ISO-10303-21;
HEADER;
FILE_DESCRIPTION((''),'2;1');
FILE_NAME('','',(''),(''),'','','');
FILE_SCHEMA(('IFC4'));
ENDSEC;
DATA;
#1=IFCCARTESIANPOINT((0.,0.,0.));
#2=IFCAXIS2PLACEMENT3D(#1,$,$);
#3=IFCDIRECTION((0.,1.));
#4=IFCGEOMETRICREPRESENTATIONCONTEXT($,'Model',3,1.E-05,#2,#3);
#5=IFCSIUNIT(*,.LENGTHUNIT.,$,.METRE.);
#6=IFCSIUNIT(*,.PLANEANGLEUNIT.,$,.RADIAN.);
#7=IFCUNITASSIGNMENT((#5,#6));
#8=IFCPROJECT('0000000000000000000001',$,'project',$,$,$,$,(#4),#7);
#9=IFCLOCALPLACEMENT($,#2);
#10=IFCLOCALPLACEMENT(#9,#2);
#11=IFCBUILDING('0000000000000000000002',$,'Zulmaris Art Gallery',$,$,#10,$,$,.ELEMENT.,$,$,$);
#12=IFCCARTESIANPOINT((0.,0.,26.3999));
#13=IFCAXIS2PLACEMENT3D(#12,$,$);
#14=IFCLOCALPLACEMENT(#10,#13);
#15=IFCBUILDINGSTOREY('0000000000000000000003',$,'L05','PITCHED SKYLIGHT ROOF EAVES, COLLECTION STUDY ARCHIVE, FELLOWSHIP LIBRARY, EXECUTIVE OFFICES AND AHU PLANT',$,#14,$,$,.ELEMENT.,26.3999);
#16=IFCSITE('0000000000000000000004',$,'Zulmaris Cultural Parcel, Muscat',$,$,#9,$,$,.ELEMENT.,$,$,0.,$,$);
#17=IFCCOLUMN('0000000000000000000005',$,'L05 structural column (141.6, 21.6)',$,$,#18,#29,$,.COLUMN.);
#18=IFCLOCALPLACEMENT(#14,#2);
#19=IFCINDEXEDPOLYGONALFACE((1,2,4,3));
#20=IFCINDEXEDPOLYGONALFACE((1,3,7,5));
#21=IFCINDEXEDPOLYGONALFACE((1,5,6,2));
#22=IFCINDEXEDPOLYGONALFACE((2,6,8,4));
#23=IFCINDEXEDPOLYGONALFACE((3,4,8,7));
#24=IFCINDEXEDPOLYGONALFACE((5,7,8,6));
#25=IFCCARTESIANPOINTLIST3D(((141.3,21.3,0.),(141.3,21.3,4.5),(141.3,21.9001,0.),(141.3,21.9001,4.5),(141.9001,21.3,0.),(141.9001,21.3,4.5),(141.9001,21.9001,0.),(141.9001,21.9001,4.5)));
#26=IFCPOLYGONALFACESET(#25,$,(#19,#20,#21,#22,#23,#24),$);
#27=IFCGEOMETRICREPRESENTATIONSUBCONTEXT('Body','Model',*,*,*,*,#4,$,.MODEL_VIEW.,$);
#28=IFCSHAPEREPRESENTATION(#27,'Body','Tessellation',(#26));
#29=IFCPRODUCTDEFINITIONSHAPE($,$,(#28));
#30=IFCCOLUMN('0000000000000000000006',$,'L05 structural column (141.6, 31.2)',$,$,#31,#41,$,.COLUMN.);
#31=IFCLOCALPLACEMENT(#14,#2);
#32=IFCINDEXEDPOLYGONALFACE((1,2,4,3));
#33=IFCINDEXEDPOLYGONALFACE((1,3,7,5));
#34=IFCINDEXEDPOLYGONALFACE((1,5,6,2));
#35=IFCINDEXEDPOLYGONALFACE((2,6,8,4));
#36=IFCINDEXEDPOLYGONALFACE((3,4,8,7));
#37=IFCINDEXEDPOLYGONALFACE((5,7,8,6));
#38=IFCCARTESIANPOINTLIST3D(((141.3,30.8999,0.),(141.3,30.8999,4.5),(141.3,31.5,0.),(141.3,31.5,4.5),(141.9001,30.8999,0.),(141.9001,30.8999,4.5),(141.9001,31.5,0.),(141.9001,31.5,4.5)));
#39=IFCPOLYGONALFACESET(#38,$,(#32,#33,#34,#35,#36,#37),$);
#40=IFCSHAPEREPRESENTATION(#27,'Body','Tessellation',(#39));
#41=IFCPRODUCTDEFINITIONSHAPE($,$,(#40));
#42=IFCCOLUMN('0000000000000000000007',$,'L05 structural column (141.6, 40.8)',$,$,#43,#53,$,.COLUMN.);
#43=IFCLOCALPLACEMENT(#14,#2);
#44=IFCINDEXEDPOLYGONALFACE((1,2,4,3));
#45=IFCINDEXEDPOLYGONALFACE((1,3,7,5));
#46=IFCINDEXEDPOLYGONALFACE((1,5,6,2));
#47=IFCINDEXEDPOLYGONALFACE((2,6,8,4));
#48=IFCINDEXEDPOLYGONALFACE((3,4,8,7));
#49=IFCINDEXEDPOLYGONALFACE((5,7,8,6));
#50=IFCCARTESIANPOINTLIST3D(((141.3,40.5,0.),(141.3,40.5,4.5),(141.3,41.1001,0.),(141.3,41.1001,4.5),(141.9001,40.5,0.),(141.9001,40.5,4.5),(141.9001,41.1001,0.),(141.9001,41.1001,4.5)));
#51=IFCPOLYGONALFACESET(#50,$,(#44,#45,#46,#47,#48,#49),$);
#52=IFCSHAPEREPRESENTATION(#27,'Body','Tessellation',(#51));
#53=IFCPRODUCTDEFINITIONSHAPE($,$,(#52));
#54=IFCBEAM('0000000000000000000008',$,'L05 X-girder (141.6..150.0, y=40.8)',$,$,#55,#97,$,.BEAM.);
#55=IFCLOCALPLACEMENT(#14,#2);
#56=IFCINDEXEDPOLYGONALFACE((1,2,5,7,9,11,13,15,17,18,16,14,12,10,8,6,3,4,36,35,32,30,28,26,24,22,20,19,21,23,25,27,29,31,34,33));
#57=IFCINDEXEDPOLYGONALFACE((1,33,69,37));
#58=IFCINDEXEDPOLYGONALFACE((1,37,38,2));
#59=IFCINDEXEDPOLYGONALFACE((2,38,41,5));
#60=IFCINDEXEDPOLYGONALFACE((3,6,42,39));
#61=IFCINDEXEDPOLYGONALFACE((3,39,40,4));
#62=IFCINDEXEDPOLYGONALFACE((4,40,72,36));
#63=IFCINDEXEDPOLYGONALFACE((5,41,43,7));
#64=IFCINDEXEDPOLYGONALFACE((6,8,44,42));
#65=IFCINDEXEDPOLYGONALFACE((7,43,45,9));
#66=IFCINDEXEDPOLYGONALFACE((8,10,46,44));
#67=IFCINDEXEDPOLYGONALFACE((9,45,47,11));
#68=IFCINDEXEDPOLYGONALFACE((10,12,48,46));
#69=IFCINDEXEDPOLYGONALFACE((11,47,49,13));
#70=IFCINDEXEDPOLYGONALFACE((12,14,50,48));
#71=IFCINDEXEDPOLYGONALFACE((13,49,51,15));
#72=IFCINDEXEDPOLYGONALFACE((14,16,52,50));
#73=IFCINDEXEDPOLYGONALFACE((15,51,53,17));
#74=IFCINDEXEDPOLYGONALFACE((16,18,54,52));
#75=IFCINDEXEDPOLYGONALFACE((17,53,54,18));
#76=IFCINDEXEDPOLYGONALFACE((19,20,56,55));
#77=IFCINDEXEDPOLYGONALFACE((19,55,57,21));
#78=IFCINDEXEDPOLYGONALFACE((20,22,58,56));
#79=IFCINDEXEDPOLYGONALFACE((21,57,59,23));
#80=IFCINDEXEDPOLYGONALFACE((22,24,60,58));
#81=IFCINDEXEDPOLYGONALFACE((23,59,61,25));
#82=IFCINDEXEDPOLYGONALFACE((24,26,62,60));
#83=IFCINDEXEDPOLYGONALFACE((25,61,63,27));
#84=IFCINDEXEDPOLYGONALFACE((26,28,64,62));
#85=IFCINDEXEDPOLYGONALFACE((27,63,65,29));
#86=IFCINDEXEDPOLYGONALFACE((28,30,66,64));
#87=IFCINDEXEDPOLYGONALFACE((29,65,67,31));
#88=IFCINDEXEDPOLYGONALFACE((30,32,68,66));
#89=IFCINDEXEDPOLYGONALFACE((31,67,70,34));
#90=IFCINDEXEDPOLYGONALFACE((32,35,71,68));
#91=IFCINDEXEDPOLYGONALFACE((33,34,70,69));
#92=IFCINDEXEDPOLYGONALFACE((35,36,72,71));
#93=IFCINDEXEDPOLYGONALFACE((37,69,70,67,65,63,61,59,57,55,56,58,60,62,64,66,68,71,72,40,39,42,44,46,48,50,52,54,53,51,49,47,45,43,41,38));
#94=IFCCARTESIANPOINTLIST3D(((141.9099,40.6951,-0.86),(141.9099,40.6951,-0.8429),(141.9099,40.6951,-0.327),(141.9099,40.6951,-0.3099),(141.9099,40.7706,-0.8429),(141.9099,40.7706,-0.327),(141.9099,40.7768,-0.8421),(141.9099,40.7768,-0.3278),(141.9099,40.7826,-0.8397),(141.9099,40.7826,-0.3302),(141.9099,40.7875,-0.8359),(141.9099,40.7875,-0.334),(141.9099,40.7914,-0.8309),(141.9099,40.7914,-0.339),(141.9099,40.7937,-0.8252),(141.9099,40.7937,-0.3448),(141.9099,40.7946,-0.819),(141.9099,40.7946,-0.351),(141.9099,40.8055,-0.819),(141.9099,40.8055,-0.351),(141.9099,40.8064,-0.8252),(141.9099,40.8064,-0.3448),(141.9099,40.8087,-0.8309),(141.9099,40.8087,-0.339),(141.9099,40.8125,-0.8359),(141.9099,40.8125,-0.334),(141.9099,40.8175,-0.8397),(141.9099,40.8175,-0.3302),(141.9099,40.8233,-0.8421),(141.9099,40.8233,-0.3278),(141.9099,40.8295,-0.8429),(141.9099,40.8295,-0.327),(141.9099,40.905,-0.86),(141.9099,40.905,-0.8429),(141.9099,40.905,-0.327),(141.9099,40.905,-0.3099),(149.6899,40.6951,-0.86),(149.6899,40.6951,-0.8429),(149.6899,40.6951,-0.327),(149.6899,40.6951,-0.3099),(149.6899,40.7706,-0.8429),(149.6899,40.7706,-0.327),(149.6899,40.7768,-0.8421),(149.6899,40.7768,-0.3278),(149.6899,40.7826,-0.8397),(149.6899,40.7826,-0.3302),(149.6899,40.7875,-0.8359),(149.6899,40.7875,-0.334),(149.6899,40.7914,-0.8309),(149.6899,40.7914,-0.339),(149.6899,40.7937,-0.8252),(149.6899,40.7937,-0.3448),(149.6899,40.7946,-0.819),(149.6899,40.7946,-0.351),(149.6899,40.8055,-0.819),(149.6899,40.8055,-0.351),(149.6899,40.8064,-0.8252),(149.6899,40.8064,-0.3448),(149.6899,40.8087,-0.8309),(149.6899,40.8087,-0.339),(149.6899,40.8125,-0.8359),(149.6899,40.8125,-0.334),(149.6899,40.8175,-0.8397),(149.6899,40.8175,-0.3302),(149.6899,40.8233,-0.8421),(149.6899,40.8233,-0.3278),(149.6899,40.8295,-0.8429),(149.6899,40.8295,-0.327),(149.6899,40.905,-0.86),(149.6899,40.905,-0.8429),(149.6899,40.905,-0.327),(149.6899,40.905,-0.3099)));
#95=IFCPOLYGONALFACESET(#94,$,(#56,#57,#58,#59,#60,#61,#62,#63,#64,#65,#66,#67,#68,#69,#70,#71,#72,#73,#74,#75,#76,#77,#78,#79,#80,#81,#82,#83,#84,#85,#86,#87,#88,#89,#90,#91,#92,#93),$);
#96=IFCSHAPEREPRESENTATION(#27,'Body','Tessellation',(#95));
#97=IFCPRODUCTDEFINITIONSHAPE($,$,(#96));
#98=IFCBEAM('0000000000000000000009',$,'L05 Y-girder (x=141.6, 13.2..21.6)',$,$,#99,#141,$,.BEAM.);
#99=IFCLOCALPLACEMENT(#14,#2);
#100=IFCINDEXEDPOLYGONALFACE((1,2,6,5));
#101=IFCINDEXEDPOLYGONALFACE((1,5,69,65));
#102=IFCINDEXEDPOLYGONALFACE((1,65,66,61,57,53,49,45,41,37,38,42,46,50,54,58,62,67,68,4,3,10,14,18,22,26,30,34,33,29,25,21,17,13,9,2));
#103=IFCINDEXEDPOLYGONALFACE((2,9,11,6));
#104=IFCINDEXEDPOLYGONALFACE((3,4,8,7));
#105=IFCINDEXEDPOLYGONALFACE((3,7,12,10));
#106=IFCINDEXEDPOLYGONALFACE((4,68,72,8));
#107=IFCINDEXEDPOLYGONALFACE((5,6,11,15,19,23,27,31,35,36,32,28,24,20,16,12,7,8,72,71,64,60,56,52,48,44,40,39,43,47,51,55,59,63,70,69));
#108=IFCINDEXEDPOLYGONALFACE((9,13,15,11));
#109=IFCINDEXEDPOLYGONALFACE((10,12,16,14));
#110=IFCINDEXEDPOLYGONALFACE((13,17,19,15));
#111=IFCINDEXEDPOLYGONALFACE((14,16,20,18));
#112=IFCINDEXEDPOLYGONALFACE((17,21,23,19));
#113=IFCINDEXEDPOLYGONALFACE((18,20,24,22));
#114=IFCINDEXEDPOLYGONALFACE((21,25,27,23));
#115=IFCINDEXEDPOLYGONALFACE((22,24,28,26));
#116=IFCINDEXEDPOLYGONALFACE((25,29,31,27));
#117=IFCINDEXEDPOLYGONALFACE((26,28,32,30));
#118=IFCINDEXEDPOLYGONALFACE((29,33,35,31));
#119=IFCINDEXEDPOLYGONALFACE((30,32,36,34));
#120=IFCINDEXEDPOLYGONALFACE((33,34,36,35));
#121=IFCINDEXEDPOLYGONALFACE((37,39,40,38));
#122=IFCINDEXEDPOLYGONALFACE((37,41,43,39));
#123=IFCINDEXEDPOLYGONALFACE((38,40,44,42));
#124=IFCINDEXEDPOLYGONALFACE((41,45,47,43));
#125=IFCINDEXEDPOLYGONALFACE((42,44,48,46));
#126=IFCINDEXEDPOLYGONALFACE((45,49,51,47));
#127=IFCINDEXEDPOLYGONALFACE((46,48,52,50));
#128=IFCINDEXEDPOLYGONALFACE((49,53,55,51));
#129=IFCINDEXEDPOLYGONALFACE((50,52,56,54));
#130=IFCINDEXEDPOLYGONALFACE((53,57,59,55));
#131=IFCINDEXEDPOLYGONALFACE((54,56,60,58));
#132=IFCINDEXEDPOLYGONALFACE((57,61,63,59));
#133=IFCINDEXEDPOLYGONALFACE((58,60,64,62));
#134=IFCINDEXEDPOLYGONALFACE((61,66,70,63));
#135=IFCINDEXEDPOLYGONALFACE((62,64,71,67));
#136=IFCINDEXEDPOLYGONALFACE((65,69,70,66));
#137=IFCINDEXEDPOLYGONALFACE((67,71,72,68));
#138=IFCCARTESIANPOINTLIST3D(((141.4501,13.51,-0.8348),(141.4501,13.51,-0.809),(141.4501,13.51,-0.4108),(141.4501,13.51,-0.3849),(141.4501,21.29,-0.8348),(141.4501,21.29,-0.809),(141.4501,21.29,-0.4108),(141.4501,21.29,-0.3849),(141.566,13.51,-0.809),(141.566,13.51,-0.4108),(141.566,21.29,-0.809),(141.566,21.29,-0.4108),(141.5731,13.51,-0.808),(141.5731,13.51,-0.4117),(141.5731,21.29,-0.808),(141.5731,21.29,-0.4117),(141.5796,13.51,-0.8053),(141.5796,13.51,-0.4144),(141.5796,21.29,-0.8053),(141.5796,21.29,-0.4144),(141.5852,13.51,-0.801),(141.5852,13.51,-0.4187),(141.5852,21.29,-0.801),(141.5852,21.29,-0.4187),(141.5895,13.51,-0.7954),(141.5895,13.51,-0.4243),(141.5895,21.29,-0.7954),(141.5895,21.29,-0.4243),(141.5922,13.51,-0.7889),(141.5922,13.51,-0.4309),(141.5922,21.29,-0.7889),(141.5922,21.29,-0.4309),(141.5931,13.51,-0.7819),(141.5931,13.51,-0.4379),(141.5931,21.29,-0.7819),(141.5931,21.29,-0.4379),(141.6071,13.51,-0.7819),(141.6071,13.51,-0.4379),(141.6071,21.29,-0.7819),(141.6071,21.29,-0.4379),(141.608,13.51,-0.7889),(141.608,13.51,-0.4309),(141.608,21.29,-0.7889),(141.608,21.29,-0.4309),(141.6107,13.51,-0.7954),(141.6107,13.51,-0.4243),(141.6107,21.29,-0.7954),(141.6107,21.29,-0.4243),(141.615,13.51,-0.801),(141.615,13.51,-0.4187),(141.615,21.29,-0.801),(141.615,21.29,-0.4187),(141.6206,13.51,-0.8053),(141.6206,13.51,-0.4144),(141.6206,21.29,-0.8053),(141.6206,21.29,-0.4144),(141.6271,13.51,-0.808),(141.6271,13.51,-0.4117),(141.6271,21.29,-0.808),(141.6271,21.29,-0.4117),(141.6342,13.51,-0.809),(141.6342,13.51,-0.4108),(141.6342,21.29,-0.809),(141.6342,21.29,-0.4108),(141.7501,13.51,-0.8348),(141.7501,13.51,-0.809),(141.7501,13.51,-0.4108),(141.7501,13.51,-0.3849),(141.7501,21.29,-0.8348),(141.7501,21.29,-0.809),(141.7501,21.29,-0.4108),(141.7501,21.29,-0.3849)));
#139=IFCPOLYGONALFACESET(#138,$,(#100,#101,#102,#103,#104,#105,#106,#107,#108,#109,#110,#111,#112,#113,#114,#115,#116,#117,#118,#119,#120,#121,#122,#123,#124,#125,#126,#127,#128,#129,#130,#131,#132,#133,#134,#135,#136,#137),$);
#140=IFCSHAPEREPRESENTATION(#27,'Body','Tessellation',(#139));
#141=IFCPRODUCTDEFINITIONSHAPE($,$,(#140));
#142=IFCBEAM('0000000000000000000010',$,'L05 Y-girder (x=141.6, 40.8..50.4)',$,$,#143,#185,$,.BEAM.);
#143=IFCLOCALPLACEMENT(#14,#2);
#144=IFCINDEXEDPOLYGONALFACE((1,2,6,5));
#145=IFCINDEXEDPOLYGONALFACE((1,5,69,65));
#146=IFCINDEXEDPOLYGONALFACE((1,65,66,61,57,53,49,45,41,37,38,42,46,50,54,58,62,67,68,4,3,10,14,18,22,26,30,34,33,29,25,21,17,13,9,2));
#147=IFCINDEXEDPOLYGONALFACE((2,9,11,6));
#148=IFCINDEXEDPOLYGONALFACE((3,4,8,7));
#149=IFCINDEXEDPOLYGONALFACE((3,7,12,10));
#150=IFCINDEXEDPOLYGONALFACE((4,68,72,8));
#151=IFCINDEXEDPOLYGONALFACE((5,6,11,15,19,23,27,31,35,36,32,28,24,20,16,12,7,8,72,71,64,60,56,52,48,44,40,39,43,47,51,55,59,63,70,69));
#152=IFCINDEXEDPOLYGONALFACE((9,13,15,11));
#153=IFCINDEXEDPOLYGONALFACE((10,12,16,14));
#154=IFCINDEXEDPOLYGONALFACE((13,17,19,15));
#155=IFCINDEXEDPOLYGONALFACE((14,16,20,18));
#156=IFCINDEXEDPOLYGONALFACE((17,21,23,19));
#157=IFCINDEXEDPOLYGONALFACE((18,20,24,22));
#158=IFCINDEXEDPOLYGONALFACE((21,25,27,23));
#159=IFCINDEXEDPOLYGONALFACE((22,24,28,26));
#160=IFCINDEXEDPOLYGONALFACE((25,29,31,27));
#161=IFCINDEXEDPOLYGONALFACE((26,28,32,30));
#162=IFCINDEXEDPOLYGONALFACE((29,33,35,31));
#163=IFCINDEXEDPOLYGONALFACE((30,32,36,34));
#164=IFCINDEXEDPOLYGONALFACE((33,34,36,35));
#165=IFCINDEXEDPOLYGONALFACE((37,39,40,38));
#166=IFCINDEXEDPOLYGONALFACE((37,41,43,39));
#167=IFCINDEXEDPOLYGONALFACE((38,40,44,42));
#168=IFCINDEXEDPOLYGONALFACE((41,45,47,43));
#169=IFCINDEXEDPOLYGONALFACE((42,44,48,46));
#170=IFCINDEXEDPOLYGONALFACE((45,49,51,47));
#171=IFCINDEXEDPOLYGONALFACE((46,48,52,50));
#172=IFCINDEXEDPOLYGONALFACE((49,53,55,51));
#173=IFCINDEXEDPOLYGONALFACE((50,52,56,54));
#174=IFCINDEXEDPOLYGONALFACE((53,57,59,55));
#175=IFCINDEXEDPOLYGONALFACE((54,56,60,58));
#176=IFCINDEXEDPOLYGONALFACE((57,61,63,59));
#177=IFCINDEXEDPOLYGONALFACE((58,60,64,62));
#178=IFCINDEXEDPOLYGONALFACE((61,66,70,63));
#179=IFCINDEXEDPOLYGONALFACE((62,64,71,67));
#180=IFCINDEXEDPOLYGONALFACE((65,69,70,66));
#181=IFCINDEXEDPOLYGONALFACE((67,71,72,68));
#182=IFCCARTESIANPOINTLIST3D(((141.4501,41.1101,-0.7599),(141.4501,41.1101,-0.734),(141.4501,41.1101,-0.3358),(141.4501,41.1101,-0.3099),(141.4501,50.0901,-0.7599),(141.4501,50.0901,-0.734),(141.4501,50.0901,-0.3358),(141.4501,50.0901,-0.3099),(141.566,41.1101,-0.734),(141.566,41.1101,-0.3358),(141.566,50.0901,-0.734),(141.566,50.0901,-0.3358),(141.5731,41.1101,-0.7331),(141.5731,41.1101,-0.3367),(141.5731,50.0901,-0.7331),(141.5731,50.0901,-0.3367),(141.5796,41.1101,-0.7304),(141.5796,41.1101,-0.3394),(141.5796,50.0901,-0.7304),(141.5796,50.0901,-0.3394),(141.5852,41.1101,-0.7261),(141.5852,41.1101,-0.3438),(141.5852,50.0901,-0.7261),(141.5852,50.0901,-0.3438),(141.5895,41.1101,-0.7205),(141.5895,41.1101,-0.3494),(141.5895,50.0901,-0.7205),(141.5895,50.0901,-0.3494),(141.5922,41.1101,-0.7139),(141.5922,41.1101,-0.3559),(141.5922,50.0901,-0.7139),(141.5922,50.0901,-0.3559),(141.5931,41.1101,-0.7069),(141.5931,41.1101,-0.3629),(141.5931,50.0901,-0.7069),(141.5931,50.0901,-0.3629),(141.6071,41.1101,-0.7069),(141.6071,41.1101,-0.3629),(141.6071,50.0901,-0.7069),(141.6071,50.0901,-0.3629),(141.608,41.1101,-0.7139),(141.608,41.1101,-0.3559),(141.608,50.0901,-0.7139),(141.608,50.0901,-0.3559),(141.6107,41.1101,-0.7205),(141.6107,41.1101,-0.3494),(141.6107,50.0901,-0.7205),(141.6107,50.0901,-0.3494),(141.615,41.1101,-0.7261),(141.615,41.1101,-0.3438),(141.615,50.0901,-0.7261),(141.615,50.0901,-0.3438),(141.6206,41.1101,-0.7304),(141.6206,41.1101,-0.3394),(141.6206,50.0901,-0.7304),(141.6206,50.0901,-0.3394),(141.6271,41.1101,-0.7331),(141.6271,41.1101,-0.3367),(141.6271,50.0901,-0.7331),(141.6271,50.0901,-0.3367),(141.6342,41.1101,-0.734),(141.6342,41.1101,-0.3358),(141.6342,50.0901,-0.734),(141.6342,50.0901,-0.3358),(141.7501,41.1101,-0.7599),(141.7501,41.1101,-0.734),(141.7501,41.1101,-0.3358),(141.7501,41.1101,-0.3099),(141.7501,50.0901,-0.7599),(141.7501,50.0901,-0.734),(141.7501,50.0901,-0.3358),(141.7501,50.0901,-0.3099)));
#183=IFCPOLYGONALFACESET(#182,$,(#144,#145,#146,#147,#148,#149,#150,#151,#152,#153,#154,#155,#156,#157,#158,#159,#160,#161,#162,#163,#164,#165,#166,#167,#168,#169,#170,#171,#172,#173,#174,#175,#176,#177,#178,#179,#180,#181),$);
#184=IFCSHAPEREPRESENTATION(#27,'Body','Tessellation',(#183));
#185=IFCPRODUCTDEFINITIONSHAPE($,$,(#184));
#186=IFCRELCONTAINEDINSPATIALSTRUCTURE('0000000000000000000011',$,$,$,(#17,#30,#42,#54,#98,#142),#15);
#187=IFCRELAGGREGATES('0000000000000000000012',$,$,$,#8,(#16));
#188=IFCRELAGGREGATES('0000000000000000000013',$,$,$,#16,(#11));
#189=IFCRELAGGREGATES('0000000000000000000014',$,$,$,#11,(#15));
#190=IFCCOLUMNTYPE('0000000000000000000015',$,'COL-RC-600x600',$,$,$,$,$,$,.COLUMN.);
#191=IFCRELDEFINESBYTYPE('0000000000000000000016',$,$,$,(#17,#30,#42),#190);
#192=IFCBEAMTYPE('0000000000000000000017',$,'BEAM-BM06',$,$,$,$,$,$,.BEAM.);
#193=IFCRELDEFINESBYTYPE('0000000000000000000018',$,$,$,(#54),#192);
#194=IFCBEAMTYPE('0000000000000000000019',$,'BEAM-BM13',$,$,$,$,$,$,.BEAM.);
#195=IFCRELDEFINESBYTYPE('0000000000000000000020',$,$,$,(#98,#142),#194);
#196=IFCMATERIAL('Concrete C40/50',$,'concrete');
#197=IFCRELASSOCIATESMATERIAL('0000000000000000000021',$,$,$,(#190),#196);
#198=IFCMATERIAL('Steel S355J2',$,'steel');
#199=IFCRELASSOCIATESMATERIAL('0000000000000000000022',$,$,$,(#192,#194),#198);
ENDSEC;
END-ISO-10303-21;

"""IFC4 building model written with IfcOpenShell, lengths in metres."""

from ifc_helpers import new_model, si_unit, direction, frame, origin, origin_2d, place, context, subcontext, project, spatial, rectangle, i_section, extrude, material, material_profile, profile_set, type_object, element, save


model = new_model("IFC4")

# Units and contexts
model_context = context("Model", 3, precision=1e-05, world=origin(), true_north=direction((0.0, 1.0)))
body_context = subcontext(model_context, "Body", "Model", "MODEL_VIEW")
ifc_project = project(units=[si_unit("LENGTHUNIT", "METRE"), si_unit("PLANEANGLEUNIT", "RADIAN")], contexts=[model_context])

# Site, building, storey
site_placement = place(None, origin())
site = spatial("IfcSite", under=ifc_project, at=site_placement, Name="Zulmaris Cultural Parcel, Muscat", CompositionType="ELEMENT", RefElevation=0.0)
building_placement = place(site_placement, origin())
building = spatial("IfcBuilding", under=site, at=building_placement, Name="Zulmaris Art Gallery", CompositionType="ELEMENT")
storey_placement = place(building_placement, frame((0.0, 0.0, 26.3999)))
storey = spatial("IfcBuildingStorey", under=building, at=storey_placement, Name="L05", Description="PITCHED SKYLIGHT ROOF EAVES, COLLECTION STUDY ARCHIVE, FELLOWSHIP LIBRARY, EXECUTIVE OFFICES AND AHU PLANT", CompositionType="ELEMENT", Elevation=26.3999)

# Columns
ifc_material_1 = material(Name="Concrete C40/50", Category="concrete")
ifc_material_profile_1 = material_profile(ifc_material_1, rectangle(XDim=0.6001, YDim=0.6001, at=origin_2d()), Name="RC 600x600")
ifc_profile_set_1 = profile_set([ifc_material_profile_1], Name="Concrete C40/50")
column_type = type_object("IfcColumnType", Name="COL-RC-600x600", PredefinedType="COLUMN", material=ifc_profile_set_1)
for number, where, z_axis, x_axis, name in (
    (1, (141.6001, 21.6001, 0.0), (0.0, 0.0, 1.0), (1.0, 0.0, 0.0), "L05 structural column (141.6, 21.6)"),
    (2, (141.6001, 31.2, 0.0), (0.0, 0.0, 1.0), (1.0, 0.0, 0.0), "L05 structural column (141.6, 31.2)"),
    (3, (141.6001, 40.8, 0.0), (0.0, 0.0, 1.0), (1.0, 0.0, 0.0), "L05 structural column (141.6, 40.8)"),
):
    element("IfcColumn", number, at=place(storey_placement, frame(where, z_axis=z_axis, x_axis=x_axis)), inside=storey, type_object=column_type, Name=name, PredefinedType="COLUMN", context=body_context, shape_type="SweptSolid", body=[
        extrude(rectangle(XDim=0.6001, YDim=0.6001, at=origin_2d()), origin(), (0.0, 0.0, 1.0), 4.5),
    ])

# Beams
ifc_material_2 = material(Name="Steel S355J2", Category="steel")
ifc_material_profile_2 = material_profile(ifc_material_2, i_section(OverallWidth=0.21, OverallDepth=0.55, WebThickness=0.011, FlangeThickness=0.0171, FilletRadius=0.0239, at=origin_2d()), Name="IPE 550")
ifc_profile_set_2 = profile_set([ifc_material_profile_2], Name="Steel S355J2")
beam_type_1 = type_object("IfcBeamType", Name="BEAM-BM06", PredefinedType="BEAM", material=ifc_profile_set_2)
beam_1_placement = place(storey_placement, frame((141.9099, 40.8, -0.585), z_axis=(1.0, 0.0, 0.0), x_axis=(0.0, 1.0, 0.0)))
element("IfcBeam", 4, at=beam_1_placement, inside=storey, type_object=beam_type_1, Name="L05 X-girder (141.6..150.0, y=40.8)", PredefinedType="BEAM", context=body_context, shape_type="SweptSolid", body=[
    extrude(i_section(OverallWidth=0.21, OverallDepth=0.55, WebThickness=0.011, FlangeThickness=0.0171, FilletRadius=0.0239, at=origin_2d()), origin(), (0.0, 0.0, 1.0), 7.78),
])
ifc_material_profile_3 = material_profile(ifc_material_2, i_section(OverallWidth=0.3, OverallDepth=0.45, WebThickness=0.0139, FlangeThickness=0.0259, FilletRadius=0.0271, at=origin_2d()), Name="HEB 450")
ifc_profile_set_3 = profile_set([ifc_material_profile_3], Name="Steel S355J2")
beam_type_2 = type_object("IfcBeamType", Name="BEAM-BM13", PredefinedType="BEAM", material=ifc_profile_set_3)
beam_2_placement = place(storey_placement, frame((141.6001, 13.51, -0.6099), z_axis=(0.0, 1.0, 0.0), x_axis=(-1.0, 0.0, 0.0)))
element("IfcBeam", 5, at=beam_2_placement, inside=storey, type_object=beam_type_2, Name="L05 Y-girder (x=141.6, 13.2..21.6)", PredefinedType="BEAM", context=body_context, shape_type="SweptSolid", body=[
    extrude(i_section(OverallWidth=0.3, OverallDepth=0.45, WebThickness=0.0139, FlangeThickness=0.0259, FilletRadius=0.0271, at=origin_2d()), origin(), (0.0, 0.0, 1.0), 7.78),
])
beam_3_placement = place(storey_placement, frame((141.6001, 41.1101, -0.5349), z_axis=(0.0, 1.0, 0.0), x_axis=(-1.0, 0.0, 0.0)))
element("IfcBeam", 6, at=beam_3_placement, inside=storey, type_object=beam_type_2, Name="L05 Y-girder (x=141.6, 40.8..50.4)", PredefinedType="BEAM", context=body_context, shape_type="SweptSolid", body=[
    extrude(i_section(OverallWidth=0.3, OverallDepth=0.45, WebThickness=0.0139, FlangeThickness=0.0259, FilletRadius=0.0271, at=origin_2d()), origin(), (0.0, 0.0, 1.0), 8.98),
])

save(model, "model.ifc")
